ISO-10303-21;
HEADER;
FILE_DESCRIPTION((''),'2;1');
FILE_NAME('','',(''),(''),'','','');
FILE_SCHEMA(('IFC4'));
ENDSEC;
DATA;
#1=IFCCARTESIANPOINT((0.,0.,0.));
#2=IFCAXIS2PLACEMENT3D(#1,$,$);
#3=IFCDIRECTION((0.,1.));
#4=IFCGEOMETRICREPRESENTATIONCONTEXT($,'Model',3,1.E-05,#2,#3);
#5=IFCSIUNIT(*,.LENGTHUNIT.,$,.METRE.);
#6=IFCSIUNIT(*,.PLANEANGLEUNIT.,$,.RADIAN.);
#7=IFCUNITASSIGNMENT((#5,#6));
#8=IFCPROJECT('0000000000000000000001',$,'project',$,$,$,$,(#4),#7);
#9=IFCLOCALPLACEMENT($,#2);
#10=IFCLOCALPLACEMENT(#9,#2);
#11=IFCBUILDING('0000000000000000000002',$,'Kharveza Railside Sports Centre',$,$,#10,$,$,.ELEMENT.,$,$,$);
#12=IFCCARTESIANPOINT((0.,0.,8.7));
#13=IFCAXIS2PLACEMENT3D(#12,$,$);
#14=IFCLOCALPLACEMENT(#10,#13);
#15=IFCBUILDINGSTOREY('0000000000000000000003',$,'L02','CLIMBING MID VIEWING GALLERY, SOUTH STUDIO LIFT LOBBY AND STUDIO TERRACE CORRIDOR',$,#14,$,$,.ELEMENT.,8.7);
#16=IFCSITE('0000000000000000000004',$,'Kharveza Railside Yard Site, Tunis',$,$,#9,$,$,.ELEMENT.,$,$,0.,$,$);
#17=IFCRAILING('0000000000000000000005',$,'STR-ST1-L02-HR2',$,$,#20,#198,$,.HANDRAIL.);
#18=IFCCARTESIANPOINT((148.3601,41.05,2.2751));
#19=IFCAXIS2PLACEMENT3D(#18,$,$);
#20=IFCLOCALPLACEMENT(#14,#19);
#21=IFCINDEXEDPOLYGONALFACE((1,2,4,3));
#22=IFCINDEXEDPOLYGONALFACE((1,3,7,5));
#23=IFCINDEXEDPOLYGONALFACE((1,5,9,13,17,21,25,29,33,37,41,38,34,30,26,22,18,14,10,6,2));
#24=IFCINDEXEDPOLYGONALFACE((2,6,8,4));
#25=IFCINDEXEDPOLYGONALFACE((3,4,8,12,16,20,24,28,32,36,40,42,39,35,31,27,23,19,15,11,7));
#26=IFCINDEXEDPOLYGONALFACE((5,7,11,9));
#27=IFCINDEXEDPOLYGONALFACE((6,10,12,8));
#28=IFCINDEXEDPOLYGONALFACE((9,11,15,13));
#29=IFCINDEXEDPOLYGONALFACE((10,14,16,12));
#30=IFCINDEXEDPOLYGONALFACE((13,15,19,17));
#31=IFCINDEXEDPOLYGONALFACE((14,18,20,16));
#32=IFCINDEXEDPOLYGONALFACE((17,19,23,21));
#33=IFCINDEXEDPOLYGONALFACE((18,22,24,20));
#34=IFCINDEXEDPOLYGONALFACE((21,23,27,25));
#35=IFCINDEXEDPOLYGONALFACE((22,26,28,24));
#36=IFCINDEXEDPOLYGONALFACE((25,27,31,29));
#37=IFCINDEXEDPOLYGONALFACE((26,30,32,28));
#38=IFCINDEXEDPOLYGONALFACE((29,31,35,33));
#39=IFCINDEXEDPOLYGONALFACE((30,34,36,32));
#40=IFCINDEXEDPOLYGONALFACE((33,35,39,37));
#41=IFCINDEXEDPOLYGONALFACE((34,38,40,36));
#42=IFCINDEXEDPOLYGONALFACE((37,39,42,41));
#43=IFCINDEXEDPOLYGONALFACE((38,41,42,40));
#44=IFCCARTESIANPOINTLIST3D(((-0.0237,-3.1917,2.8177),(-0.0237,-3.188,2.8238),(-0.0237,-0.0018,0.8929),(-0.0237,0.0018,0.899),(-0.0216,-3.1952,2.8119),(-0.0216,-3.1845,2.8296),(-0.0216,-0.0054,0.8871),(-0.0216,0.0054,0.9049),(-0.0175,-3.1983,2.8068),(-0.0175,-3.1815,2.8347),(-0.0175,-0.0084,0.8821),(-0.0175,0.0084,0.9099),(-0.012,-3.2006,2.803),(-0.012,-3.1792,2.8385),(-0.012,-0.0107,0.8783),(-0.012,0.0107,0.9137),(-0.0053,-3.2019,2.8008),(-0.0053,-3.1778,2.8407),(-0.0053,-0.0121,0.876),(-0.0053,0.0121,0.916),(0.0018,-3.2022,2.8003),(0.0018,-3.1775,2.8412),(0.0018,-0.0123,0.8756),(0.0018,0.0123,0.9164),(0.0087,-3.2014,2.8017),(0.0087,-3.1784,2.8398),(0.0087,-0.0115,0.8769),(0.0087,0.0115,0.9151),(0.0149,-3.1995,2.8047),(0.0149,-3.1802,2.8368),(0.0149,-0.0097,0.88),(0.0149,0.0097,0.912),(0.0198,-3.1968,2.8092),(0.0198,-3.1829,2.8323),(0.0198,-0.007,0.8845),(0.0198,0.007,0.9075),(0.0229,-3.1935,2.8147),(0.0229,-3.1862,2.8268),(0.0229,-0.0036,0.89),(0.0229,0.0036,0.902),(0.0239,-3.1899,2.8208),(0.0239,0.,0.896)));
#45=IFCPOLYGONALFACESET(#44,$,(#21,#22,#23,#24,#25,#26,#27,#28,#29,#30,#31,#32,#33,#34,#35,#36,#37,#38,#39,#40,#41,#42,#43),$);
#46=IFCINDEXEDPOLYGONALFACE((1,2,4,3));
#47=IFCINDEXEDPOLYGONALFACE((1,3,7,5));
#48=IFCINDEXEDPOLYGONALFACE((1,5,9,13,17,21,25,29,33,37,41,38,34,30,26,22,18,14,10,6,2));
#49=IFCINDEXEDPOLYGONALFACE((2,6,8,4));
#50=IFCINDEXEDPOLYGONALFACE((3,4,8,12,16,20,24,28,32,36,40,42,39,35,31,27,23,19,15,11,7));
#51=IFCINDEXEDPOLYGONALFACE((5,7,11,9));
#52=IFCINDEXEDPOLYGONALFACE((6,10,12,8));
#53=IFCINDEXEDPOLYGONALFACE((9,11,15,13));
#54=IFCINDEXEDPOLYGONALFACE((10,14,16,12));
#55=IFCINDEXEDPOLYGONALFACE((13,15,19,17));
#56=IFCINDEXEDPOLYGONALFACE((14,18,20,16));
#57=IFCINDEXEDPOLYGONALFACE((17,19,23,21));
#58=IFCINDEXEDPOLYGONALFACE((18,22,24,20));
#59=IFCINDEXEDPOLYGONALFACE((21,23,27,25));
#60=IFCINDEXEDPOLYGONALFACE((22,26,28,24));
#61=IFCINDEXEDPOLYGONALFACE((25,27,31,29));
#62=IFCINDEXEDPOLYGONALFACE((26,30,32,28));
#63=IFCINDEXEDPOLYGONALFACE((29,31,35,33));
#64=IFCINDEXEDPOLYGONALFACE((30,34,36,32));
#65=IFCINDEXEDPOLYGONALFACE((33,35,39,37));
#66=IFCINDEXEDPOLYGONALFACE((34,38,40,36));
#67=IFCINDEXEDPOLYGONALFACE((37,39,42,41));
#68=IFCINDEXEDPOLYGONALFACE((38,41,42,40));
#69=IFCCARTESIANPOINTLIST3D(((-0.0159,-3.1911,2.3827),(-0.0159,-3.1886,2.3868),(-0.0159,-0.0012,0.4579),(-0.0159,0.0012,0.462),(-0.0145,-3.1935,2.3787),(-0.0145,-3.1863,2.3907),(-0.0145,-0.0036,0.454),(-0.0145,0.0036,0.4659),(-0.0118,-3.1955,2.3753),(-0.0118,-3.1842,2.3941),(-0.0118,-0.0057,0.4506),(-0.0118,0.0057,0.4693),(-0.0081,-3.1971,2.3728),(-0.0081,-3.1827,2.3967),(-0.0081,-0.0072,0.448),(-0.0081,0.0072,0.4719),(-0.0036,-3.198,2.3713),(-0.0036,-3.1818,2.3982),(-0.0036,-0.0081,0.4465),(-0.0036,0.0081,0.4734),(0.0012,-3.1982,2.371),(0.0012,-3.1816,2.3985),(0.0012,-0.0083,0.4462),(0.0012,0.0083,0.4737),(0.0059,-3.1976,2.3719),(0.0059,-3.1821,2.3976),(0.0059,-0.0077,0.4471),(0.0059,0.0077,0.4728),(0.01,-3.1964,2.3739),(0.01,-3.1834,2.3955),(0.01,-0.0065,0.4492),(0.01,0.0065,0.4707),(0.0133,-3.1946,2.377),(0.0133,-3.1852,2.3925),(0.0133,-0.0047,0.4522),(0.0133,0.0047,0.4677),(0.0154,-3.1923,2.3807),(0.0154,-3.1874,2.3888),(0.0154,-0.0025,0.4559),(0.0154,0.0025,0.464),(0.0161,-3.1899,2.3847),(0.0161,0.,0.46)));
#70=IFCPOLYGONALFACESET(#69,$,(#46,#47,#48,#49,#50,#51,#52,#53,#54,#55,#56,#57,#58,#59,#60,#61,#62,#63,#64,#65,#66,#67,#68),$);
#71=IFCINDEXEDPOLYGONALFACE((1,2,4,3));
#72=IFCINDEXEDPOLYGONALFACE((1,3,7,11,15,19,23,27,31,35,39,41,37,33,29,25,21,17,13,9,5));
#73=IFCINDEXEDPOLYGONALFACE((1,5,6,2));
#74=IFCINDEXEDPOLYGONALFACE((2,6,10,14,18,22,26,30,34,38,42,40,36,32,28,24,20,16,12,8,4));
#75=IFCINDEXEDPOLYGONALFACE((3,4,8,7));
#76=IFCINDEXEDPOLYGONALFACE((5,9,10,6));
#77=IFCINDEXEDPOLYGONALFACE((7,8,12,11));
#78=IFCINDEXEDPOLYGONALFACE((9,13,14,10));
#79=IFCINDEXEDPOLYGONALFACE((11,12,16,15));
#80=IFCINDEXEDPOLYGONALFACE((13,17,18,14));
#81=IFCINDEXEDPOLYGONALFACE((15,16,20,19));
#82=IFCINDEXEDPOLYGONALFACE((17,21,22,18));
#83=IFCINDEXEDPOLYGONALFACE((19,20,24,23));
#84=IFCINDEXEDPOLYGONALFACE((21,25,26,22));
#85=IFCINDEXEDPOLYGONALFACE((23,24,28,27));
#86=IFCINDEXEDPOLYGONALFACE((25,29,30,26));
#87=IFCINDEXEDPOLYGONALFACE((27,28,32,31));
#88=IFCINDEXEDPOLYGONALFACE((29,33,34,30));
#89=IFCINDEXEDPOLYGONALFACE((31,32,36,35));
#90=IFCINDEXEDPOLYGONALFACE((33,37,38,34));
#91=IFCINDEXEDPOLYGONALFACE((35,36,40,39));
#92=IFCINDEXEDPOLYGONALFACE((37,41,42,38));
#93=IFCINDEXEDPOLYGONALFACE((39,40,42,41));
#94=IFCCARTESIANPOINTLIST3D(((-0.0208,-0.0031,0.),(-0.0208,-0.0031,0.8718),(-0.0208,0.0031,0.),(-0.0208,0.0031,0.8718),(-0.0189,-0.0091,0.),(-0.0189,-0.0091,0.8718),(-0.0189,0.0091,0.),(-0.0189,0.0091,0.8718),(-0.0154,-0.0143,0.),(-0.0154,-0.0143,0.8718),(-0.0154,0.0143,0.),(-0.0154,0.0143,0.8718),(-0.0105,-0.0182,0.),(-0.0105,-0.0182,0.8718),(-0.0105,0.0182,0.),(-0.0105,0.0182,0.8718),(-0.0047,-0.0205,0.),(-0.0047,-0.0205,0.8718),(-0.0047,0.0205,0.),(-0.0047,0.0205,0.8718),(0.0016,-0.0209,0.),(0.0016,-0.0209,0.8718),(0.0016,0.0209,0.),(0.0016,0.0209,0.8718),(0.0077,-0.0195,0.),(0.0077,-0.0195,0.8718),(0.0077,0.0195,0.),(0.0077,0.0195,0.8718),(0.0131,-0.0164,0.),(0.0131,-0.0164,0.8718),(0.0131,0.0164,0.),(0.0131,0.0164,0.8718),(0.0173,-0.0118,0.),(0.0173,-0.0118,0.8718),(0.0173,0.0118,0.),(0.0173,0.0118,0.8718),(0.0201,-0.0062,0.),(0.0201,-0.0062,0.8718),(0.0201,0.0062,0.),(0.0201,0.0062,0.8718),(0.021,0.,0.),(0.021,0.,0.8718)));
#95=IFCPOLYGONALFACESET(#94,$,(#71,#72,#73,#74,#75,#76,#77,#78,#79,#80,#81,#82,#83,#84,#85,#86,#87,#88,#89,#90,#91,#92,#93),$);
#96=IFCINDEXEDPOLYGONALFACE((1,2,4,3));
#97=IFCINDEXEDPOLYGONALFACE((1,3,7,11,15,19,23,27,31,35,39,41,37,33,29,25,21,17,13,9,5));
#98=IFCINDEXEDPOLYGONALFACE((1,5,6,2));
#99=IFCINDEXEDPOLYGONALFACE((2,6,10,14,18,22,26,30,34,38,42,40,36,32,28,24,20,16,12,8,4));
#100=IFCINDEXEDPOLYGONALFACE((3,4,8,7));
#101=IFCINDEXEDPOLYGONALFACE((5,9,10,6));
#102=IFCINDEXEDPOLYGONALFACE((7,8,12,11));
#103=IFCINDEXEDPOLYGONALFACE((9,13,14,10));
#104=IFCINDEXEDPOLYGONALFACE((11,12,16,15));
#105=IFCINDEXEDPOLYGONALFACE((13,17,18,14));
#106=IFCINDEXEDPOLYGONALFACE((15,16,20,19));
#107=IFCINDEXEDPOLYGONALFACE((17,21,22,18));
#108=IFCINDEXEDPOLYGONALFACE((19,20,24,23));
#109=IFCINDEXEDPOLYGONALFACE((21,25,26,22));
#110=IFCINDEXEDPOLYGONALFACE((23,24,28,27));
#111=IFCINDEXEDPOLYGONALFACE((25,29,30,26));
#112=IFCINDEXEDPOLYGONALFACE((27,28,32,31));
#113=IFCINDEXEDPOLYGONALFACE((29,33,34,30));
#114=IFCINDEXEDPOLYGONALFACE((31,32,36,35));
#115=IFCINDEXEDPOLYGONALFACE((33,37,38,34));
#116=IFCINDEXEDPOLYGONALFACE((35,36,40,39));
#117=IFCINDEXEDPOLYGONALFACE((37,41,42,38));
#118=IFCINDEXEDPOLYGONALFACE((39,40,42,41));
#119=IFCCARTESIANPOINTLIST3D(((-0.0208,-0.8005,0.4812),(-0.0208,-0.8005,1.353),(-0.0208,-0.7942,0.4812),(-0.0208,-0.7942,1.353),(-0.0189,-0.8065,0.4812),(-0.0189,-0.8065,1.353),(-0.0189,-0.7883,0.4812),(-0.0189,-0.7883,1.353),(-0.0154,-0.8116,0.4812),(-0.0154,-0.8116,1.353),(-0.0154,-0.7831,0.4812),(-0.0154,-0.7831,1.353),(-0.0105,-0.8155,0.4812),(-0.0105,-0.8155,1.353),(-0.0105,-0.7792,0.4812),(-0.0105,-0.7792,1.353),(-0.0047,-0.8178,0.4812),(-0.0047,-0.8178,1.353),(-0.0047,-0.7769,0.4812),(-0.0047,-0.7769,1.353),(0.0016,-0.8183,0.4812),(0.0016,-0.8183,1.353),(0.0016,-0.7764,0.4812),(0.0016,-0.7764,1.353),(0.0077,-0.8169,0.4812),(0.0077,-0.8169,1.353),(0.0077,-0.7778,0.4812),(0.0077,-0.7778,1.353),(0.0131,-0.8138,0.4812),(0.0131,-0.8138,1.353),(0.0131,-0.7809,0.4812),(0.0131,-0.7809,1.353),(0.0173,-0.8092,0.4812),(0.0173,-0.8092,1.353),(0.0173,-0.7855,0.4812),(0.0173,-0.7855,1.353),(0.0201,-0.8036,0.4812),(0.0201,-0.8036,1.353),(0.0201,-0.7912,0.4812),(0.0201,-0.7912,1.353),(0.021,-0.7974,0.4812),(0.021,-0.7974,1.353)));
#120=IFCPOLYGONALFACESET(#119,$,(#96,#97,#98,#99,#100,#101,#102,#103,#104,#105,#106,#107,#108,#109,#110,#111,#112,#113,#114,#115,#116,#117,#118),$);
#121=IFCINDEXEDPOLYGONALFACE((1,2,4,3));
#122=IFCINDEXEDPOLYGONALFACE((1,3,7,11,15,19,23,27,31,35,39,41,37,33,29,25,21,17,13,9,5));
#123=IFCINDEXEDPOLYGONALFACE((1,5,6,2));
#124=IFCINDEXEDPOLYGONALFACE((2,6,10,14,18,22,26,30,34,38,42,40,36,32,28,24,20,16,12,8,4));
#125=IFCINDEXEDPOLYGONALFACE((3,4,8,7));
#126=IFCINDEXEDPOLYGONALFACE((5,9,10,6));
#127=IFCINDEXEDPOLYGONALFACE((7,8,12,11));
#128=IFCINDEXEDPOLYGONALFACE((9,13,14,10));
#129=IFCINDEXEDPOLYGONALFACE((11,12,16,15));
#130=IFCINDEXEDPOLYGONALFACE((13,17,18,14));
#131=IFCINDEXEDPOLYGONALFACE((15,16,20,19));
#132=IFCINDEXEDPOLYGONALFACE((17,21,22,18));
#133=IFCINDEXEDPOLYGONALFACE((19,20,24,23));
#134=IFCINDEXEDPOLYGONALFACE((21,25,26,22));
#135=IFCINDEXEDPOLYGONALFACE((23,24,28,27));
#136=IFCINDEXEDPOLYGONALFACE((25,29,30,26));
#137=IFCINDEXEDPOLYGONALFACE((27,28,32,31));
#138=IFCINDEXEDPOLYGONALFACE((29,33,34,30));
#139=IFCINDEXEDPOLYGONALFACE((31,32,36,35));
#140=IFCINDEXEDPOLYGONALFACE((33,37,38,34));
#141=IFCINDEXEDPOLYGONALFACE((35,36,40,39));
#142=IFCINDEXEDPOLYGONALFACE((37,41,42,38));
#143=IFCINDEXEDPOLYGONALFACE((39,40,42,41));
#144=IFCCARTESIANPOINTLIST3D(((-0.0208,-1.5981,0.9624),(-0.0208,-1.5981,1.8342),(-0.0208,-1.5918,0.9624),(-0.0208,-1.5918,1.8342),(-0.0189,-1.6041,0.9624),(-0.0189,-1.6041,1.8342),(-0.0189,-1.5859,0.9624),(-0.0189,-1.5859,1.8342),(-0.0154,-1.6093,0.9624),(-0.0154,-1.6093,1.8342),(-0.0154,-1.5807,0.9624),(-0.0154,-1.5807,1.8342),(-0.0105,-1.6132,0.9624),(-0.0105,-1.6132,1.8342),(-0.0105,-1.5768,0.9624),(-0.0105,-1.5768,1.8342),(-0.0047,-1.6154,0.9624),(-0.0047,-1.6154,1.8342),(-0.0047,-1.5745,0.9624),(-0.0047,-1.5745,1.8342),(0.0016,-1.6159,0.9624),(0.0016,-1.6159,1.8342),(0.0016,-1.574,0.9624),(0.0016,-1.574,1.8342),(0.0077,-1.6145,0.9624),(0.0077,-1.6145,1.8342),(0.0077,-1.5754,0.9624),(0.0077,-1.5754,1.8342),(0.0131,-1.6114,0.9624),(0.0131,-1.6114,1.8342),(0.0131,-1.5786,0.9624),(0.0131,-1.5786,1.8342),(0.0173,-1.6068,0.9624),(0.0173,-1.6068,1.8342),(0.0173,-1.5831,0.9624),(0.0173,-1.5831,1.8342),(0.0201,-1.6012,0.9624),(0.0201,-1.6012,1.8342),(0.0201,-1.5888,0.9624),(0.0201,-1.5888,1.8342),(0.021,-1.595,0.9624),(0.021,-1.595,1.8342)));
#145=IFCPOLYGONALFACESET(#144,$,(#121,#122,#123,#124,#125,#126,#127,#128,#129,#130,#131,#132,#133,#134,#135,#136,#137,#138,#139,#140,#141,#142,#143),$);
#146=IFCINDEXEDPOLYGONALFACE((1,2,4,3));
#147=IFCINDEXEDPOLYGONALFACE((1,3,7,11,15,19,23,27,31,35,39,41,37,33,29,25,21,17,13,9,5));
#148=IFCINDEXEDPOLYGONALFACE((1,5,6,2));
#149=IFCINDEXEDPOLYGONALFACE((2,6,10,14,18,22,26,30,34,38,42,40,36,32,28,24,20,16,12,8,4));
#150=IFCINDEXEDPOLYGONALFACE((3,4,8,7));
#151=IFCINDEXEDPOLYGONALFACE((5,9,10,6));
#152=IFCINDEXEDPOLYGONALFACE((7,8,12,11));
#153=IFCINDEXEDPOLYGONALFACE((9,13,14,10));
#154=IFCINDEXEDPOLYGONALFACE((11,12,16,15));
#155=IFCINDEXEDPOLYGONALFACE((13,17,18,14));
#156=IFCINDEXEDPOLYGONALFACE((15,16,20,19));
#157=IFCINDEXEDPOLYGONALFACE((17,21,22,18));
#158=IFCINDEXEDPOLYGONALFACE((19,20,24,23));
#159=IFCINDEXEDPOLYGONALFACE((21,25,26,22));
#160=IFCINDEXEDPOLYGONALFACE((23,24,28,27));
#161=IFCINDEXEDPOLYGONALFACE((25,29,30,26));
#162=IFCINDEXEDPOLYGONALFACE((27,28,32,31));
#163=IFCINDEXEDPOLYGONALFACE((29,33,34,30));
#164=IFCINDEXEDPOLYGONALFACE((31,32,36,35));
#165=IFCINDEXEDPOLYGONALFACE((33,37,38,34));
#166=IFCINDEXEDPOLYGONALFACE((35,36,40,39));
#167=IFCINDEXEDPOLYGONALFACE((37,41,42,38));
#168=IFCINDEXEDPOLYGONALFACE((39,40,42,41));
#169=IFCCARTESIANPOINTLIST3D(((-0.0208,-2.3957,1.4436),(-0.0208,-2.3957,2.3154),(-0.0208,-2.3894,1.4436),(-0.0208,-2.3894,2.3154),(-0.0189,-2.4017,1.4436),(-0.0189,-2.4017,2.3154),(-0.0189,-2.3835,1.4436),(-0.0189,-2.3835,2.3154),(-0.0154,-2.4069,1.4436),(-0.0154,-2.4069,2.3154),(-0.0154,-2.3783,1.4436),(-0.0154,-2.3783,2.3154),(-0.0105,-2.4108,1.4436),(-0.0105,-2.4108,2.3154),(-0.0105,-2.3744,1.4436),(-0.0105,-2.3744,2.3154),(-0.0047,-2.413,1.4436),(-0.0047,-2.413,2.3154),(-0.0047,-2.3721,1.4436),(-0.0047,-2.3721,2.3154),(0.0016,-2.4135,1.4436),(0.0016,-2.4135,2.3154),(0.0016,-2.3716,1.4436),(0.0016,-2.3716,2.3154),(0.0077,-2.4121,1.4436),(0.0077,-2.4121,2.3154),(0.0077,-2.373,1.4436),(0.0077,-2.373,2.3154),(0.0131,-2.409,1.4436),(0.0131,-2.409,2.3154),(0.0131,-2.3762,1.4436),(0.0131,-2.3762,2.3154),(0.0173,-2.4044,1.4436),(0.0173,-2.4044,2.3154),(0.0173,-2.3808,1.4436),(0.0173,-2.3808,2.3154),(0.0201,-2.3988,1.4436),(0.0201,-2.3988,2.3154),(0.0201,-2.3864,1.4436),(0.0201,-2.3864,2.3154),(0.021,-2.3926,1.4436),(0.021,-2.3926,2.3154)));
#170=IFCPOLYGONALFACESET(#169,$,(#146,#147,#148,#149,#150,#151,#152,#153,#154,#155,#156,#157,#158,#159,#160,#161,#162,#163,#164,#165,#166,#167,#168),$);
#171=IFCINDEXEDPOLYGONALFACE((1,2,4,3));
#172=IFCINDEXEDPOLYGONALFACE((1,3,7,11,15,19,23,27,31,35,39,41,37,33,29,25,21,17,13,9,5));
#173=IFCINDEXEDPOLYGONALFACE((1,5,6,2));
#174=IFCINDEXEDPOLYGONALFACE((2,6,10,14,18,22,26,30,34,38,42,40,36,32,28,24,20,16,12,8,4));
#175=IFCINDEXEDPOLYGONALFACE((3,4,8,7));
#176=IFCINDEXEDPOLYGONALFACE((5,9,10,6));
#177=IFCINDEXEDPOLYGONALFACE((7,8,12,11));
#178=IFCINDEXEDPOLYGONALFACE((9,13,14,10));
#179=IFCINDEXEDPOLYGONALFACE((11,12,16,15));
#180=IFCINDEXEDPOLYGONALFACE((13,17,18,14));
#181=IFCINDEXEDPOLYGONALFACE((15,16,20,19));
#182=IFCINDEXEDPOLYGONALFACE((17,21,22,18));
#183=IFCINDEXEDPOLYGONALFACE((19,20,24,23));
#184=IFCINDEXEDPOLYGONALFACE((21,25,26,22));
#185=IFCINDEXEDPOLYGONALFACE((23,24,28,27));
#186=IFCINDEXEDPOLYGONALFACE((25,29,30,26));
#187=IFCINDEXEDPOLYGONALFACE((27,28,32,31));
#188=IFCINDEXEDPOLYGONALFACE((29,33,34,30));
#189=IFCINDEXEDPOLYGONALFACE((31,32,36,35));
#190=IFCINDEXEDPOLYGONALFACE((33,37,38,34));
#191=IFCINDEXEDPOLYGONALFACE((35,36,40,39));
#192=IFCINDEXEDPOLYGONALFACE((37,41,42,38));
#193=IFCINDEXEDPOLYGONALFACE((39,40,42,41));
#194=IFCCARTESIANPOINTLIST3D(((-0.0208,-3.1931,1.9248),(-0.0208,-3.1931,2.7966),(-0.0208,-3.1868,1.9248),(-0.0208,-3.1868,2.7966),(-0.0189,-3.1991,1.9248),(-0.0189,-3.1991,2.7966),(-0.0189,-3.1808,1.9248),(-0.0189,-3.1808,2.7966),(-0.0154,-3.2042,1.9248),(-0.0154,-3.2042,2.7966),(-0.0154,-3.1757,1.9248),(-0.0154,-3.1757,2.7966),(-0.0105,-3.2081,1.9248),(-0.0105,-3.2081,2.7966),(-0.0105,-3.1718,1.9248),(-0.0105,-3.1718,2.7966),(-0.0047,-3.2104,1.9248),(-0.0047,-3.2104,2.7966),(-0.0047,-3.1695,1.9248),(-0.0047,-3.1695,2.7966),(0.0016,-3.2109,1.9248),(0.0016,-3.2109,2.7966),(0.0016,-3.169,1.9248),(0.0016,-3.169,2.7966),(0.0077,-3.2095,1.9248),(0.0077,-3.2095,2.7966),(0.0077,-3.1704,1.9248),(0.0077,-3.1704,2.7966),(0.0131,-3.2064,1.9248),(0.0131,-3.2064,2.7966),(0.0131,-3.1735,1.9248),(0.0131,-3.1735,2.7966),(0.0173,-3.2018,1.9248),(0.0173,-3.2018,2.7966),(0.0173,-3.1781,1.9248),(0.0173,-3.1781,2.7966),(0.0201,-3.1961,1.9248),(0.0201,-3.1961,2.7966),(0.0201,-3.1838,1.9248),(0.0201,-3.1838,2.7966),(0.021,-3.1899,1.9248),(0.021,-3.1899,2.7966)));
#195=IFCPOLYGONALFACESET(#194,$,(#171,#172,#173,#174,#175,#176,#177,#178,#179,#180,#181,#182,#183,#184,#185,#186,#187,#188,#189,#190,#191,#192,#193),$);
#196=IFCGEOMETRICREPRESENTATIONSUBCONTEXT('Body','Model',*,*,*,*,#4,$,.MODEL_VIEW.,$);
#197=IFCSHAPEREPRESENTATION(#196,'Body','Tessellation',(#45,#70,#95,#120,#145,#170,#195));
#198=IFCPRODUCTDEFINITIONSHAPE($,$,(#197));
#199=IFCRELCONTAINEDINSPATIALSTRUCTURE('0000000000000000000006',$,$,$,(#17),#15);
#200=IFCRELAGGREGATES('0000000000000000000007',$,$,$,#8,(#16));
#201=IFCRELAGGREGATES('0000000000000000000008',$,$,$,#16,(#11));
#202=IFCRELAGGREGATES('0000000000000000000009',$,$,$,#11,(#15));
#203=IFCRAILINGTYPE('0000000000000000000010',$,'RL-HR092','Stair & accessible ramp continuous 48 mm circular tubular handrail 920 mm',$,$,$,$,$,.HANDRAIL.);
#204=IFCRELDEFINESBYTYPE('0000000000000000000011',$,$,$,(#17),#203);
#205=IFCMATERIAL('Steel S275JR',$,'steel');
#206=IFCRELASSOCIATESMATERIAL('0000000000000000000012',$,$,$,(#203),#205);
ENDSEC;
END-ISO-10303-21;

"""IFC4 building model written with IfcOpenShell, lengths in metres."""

from ifc_helpers import new_model, si_unit, direction, frame, origin, origin_2d, place, context, subcontext, project, spatial, circle, extrude, material, type_object, element, save


model = new_model("IFC4")

# Units and contexts
model_context = context("Model", 3, precision=1e-05, world=origin(), true_north=direction((0.0, 1.0)))
body_context = subcontext(model_context, "Body", "Model", "MODEL_VIEW")
ifc_project = project(units=[si_unit("LENGTHUNIT", "METRE"), si_unit("PLANEANGLEUNIT", "RADIAN")], contexts=[model_context])

# Site, building, storey
site_placement = place(None, origin())
site = spatial("IfcSite", under=ifc_project, at=site_placement, Name="Kharveza Railside Yard Site, Tunis", CompositionType="ELEMENT", RefElevation=0.0)
building_placement = place(site_placement, origin())
building = spatial("IfcBuilding", under=site, at=building_placement, Name="Kharveza Railside Sports Centre", CompositionType="ELEMENT")
storey_placement = place(building_placement, frame((0.0, 0.0, 8.7)))
storey = spatial("IfcBuildingStorey", under=building, at=storey_placement, Name="L02", Description="CLIMBING MID VIEWING GALLERY, SOUTH STUDIO LIFT LOBBY AND STUDIO TERRACE CORRIDOR", CompositionType="ELEMENT", Elevation=8.7)

# Railing
ifc_material_1 = material(Name="Steel S275JR", Category="steel")
railing_type_1 = type_object("IfcRailingType", Name="RL-HR092", Description="Stair & accessible ramp continuous 48 mm circular tubular handrail 920 mm", PredefinedType="HANDRAIL", material=ifc_material_1)
railing_1_placement = place(storey_placement, frame((148.3601, 41.05, 2.2751)))
element("IfcRailing", 1, at=railing_1_placement, inside=storey, type_object=railing_type_1, Name="STR-ST1-L02-HR2", PredefinedType="HANDRAIL", context=body_context, shape_type="SweptSolid", body=[
    extrude(circle(Radius=0.0239, at=origin_2d()), frame((0.0, 0.0, 0.896), z_axis=(0.0, -0.856207, 0.516633), x_axis=(1.0, 0.0, 0.0)), (0.0, 0.0, 1.0), 3.7256),
    extrude(circle(Radius=0.0161, at=origin_2d()), frame((0.0, 0.0, 0.46), z_axis=(0.0, -0.856207, 0.516633), x_axis=(1.0, 0.0, 0.0)), (0.0, 0.0, 1.0), 3.7256),
    extrude(circle(Radius=0.021, at=origin_2d()), origin(), (0.0, 0.0, 1.0), 0.8718),
    extrude(circle(Radius=0.021, at=origin_2d()), frame((0.0, -0.7974, 0.4812)), (0.0, 0.0, 1.0), 0.8718),
    extrude(circle(Radius=0.021, at=origin_2d()), frame((0.0, -1.595, 0.9624)), (0.0, 0.0, 1.0), 0.8718),
    extrude(circle(Radius=0.021, at=origin_2d()), frame((0.0, -2.3926, 1.4436)), (0.0, 0.0, 1.0), 0.8718),
    extrude(circle(Radius=0.021, at=origin_2d()), frame((0.0, -3.1899, 1.9248)), (0.0, 0.0, 1.0), 0.8718),
])

save(model, "model.ifc")
